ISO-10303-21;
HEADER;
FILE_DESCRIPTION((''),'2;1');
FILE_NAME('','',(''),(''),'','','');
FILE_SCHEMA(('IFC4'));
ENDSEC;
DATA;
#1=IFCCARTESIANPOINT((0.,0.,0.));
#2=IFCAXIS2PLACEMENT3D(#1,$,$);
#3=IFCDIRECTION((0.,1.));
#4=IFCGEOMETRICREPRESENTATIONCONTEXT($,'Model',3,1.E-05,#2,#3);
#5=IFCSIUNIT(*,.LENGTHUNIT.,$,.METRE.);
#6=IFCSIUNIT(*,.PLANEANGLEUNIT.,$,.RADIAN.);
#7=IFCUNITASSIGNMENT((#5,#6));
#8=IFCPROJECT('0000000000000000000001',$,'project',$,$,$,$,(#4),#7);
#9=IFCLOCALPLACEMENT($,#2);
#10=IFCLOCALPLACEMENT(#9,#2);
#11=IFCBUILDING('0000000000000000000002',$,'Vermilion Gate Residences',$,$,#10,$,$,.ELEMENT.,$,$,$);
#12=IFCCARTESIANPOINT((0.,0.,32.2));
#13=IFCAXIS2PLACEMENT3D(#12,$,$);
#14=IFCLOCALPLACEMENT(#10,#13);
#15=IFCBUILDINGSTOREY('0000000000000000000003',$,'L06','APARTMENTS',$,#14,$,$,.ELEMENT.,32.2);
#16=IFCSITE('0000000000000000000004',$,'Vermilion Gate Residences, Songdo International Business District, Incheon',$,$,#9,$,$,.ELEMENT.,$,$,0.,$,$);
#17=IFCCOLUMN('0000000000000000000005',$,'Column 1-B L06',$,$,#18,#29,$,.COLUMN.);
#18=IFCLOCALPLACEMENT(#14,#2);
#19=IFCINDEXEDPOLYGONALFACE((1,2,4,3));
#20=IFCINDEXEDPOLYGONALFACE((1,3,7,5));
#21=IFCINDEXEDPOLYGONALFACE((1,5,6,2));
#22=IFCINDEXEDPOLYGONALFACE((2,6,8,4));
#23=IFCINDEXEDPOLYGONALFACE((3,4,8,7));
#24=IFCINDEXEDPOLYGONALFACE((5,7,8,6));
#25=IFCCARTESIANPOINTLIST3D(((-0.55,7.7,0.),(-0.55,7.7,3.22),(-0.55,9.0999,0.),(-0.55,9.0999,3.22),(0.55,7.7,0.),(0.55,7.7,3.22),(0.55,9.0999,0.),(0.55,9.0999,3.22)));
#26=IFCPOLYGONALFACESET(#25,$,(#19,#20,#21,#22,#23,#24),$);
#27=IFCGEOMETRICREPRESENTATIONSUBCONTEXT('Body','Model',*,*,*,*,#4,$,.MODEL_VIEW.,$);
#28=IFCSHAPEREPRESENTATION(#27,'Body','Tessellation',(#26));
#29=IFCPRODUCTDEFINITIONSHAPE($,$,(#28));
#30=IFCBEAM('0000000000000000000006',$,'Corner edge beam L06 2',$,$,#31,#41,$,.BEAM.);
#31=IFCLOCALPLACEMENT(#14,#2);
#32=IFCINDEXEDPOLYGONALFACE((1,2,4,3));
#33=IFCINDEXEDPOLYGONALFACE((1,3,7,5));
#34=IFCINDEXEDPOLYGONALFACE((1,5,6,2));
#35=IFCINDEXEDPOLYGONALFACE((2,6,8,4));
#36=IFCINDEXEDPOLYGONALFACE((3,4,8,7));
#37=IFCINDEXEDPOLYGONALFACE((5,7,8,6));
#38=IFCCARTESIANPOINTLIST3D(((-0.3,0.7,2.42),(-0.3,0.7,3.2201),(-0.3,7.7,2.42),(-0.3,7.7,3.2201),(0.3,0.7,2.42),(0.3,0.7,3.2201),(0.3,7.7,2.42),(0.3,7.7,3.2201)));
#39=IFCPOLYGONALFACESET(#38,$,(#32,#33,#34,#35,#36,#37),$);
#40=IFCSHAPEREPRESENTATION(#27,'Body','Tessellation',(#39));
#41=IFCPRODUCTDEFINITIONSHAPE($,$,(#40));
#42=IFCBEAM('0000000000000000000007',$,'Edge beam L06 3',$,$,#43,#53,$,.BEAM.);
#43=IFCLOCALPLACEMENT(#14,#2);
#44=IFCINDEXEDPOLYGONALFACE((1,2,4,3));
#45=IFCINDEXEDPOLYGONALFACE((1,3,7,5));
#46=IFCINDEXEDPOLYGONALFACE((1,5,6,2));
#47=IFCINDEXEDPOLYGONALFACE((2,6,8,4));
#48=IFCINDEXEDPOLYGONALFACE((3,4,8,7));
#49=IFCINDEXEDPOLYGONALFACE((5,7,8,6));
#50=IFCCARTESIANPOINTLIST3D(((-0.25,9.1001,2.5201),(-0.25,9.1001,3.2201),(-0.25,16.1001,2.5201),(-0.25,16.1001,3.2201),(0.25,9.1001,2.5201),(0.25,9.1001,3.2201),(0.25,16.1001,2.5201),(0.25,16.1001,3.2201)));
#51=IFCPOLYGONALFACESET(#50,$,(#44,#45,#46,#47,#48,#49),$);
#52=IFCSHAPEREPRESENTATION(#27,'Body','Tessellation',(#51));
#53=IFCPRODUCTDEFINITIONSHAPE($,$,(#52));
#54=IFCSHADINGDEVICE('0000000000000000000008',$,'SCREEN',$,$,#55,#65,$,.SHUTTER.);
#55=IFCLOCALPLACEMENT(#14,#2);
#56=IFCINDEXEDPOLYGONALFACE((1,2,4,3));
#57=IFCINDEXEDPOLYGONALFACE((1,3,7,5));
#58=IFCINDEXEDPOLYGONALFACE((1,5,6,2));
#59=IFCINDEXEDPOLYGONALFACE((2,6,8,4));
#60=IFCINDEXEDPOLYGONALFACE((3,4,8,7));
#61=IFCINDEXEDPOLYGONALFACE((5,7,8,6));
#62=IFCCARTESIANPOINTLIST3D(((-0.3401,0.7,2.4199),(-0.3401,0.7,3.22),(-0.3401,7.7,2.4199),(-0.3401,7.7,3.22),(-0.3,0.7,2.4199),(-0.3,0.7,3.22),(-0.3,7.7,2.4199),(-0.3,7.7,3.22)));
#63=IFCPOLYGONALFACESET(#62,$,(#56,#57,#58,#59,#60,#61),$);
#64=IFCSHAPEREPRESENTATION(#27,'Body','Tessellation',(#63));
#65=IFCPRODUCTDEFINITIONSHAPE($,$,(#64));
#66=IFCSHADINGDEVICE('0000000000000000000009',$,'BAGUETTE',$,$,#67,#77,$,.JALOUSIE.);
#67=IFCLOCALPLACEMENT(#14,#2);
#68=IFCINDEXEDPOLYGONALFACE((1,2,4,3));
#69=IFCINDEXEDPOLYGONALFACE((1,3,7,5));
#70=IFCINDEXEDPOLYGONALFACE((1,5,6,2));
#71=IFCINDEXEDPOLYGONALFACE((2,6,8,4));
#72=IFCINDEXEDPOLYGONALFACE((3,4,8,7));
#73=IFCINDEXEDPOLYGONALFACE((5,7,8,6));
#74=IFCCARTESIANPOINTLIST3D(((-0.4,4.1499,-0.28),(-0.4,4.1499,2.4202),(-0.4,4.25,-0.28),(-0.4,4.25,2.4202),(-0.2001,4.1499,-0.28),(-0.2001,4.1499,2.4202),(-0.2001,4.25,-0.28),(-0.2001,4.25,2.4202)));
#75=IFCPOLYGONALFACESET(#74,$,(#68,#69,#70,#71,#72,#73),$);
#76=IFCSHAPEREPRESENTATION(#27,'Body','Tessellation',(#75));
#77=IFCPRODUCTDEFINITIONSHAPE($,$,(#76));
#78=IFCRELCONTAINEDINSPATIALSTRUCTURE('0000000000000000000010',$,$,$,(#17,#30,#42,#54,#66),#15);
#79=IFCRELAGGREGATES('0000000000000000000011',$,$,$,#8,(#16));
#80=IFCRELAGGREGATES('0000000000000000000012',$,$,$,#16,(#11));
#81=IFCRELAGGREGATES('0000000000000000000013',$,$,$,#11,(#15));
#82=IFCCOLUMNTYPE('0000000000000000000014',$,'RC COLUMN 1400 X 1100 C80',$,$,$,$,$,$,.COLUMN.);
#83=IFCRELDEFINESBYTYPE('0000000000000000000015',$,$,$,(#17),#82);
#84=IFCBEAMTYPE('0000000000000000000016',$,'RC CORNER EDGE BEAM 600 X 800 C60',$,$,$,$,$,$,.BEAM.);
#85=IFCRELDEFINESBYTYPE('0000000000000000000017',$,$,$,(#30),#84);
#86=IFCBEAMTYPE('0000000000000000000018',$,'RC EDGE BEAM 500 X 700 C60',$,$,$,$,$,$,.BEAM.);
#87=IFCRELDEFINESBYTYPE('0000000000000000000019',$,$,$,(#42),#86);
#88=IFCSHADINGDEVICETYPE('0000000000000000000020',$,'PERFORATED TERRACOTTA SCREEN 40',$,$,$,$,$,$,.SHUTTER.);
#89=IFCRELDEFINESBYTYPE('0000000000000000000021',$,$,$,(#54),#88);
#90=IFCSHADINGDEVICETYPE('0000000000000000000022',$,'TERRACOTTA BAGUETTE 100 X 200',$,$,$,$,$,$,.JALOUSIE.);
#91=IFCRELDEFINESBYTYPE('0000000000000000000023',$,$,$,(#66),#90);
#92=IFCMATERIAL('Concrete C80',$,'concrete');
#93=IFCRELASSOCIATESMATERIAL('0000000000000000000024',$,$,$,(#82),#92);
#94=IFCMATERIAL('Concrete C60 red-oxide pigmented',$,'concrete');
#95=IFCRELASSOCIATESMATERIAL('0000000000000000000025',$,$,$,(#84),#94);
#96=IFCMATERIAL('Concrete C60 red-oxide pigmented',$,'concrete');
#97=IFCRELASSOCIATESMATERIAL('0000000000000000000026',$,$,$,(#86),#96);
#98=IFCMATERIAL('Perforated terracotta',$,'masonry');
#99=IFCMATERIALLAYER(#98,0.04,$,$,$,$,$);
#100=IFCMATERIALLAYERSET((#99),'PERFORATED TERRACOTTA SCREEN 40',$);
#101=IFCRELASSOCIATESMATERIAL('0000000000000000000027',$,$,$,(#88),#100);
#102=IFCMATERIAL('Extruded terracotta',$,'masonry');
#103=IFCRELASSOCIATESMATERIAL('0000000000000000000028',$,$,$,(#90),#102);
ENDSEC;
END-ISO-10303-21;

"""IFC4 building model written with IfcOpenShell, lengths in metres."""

from ifc_helpers import new_model, si_unit, direction, frame, origin, origin_2d, place, context, subcontext, project, spatial, rectangle, extrude, material, layer, layer_set, material_profile, profile_set, type_object, element, save


model = new_model("IFC4")

# Units and contexts
model_context = context("Model", 3, precision=1e-05, world=origin(), true_north=direction((0.0, 1.0)))
body_context = subcontext(model_context, "Body", "Model", "MODEL_VIEW")
ifc_project = project(units=[si_unit("LENGTHUNIT", "METRE"), si_unit("PLANEANGLEUNIT", "RADIAN")], contexts=[model_context])

# Site, building, storey
site_placement = place(None, origin())
site = spatial("IfcSite", under=ifc_project, at=site_placement, Name="Vermilion Gate Residences, Songdo International Business District, Incheon", CompositionType="ELEMENT", RefElevation=0.0)
building_placement = place(site_placement, origin())
building = spatial("IfcBuilding", under=site, at=building_placement, Name="Vermilion Gate Residences", CompositionType="ELEMENT")
storey_placement = place(building_placement, frame((0.0, 0.0, 32.2)))
storey = spatial("IfcBuildingStorey", under=building, at=storey_placement, Name="L06", Description="APARTMENTS", CompositionType="ELEMENT", Elevation=32.2)

# Column
ifc_material_1 = material(Name="Concrete C80", Category="concrete")
ifc_material_profile_1 = material_profile(ifc_material_1, rectangle(XDim=1.3999, YDim=1.1001, at=origin_2d()), Name="RC-1400x1100")
ifc_profile_set_1 = profile_set([ifc_material_profile_1], Name="Concrete C80")
column_type = type_object("IfcColumnType", Name="RC COLUMN 1400 X 1100 C80", PredefinedType="COLUMN", material=ifc_profile_set_1)
column_placement = place(storey_placement, frame((0.0, 8.3999, 0.0), z_axis=(0.0, 0.0, 1.0), x_axis=(0.0, 1.0, 0.0)))
element("IfcColumn", 1, at=column_placement, inside=storey, type_object=column_type, Name="Column 1-B L06", PredefinedType="COLUMN", context=body_context, shape_type="SweptSolid", body=[
    extrude(rectangle(XDim=1.3999, YDim=1.1001, at=origin_2d()), origin(), (0.0, 0.0, 1.0), 3.22),
])

# Beams
ifc_material_2 = material(Name="Concrete C60 red-oxide pigmented", Category="concrete")
ifc_material_profile_2 = material_profile(ifc_material_2, rectangle(XDim=0.6001, YDim=0.8, at=origin_2d()), Name="RC-600x800")
ifc_profile_set_2 = profile_set([ifc_material_profile_2], Name="Concrete C60 red-oxide pigmented")
beam_type_1 = type_object("IfcBeamType", Name="RC CORNER EDGE BEAM 600 X 800 C60", PredefinedType="BEAM", material=ifc_profile_set_2)
beam_1_placement = place(storey_placement, frame((0.0, 0.7, 2.8201), z_axis=(0.0, 1.0, 0.0), x_axis=(-1.0, 0.0, 0.0)))
element("IfcBeam", 2, at=beam_1_placement, inside=storey, type_object=beam_type_1, Name="Corner edge beam L06 2", PredefinedType="BEAM", context=body_context, shape_type="SweptSolid", body=[
    extrude(rectangle(XDim=0.6001, YDim=0.8, at=origin_2d()), origin(), (0.0, 0.0, 1.0), 7.0),
])
ifc_material_3 = material(Name="Concrete C60 red-oxide pigmented", Category="concrete")
ifc_material_profile_3 = material_profile(ifc_material_3, rectangle(XDim=0.5, YDim=0.7, at=origin_2d()), Name="RC-500x700")
ifc_profile_set_3 = profile_set([ifc_material_profile_3], Name="Concrete C60 red-oxide pigmented")
beam_type_2 = type_object("IfcBeamType", Name="RC EDGE BEAM 500 X 700 C60", PredefinedType="BEAM", material=ifc_profile_set_3)
beam_2_placement = place(storey_placement, frame((0.0, 9.1001, 2.8701), z_axis=(0.0, 1.0, 0.0), x_axis=(-1.0, 0.0, 0.0)))
element("IfcBeam", 3, at=beam_2_placement, inside=storey, type_object=beam_type_2, Name="Edge beam L06 3", PredefinedType="BEAM", context=body_context, shape_type="SweptSolid", body=[
    extrude(rectangle(XDim=0.5, YDim=0.7, at=origin_2d()), origin(), (0.0, 0.0, 1.0), 7.0),
])

# Shading devices
ifc_material_4 = material(Name="Perforated terracotta", Category="masonry")
ifc_layer = layer(ifc_material_4, 0.04)
ifc_layer_set = layer_set([ifc_layer], Name="PERFORATED TERRACOTTA SCREEN 40")
shading_device_type_1 = type_object("IfcShadingDeviceType", Name="PERFORATED TERRACOTTA SCREEN 40", PredefinedType="SHUTTER", material=ifc_layer_set)
shading_device_1_placement = place(storey_placement, frame((-0.3201, 4.2, 2.4199), z_axis=(0.0, 0.0, 1.0), x_axis=(0.0, -1.0, 0.0)))
element("IfcShadingDevice", 4, at=shading_device_1_placement, inside=storey, type_object=shading_device_type_1, Name="SCREEN", PredefinedType="SHUTTER", context=body_context, shape_type="SweptSolid", body=[
    extrude(rectangle(XDim=7.0, YDim=0.04, at=origin_2d()), origin(), (0.0, 0.0, 1.0), 0.8),
])
ifc_material_5 = material(Name="Extruded terracotta", Category="masonry")
ifc_material_profile_4 = material_profile(ifc_material_5, rectangle(XDim=0.2, YDim=0.1001, at=origin_2d()), Name="BAGUETTE 100 X 200")
ifc_profile_set_4 = profile_set([ifc_material_profile_4], Name="Extruded terracotta")
shading_device_type_2 = type_object("IfcShadingDeviceType", Name="TERRACOTTA BAGUETTE 100 X 200", PredefinedType="JALOUSIE", material=ifc_profile_set_4)
shading_device_2_placement = place(storey_placement, frame((-0.3, 4.2, -0.28), z_axis=(0.0, 0.0, 1.0), x_axis=(1.0, 0.0, 0.0)))
element("IfcShadingDevice", 5, at=shading_device_2_placement, inside=storey, type_object=shading_device_type_2, Name="BAGUETTE", PredefinedType="JALOUSIE", context=body_context, shape_type="SweptSolid", body=[
    extrude(rectangle(XDim=0.2, YDim=0.1001, at=origin_2d()), origin(), (0.0, 0.0, 1.0), 2.7002),
])

save(model, "model.ifc")
